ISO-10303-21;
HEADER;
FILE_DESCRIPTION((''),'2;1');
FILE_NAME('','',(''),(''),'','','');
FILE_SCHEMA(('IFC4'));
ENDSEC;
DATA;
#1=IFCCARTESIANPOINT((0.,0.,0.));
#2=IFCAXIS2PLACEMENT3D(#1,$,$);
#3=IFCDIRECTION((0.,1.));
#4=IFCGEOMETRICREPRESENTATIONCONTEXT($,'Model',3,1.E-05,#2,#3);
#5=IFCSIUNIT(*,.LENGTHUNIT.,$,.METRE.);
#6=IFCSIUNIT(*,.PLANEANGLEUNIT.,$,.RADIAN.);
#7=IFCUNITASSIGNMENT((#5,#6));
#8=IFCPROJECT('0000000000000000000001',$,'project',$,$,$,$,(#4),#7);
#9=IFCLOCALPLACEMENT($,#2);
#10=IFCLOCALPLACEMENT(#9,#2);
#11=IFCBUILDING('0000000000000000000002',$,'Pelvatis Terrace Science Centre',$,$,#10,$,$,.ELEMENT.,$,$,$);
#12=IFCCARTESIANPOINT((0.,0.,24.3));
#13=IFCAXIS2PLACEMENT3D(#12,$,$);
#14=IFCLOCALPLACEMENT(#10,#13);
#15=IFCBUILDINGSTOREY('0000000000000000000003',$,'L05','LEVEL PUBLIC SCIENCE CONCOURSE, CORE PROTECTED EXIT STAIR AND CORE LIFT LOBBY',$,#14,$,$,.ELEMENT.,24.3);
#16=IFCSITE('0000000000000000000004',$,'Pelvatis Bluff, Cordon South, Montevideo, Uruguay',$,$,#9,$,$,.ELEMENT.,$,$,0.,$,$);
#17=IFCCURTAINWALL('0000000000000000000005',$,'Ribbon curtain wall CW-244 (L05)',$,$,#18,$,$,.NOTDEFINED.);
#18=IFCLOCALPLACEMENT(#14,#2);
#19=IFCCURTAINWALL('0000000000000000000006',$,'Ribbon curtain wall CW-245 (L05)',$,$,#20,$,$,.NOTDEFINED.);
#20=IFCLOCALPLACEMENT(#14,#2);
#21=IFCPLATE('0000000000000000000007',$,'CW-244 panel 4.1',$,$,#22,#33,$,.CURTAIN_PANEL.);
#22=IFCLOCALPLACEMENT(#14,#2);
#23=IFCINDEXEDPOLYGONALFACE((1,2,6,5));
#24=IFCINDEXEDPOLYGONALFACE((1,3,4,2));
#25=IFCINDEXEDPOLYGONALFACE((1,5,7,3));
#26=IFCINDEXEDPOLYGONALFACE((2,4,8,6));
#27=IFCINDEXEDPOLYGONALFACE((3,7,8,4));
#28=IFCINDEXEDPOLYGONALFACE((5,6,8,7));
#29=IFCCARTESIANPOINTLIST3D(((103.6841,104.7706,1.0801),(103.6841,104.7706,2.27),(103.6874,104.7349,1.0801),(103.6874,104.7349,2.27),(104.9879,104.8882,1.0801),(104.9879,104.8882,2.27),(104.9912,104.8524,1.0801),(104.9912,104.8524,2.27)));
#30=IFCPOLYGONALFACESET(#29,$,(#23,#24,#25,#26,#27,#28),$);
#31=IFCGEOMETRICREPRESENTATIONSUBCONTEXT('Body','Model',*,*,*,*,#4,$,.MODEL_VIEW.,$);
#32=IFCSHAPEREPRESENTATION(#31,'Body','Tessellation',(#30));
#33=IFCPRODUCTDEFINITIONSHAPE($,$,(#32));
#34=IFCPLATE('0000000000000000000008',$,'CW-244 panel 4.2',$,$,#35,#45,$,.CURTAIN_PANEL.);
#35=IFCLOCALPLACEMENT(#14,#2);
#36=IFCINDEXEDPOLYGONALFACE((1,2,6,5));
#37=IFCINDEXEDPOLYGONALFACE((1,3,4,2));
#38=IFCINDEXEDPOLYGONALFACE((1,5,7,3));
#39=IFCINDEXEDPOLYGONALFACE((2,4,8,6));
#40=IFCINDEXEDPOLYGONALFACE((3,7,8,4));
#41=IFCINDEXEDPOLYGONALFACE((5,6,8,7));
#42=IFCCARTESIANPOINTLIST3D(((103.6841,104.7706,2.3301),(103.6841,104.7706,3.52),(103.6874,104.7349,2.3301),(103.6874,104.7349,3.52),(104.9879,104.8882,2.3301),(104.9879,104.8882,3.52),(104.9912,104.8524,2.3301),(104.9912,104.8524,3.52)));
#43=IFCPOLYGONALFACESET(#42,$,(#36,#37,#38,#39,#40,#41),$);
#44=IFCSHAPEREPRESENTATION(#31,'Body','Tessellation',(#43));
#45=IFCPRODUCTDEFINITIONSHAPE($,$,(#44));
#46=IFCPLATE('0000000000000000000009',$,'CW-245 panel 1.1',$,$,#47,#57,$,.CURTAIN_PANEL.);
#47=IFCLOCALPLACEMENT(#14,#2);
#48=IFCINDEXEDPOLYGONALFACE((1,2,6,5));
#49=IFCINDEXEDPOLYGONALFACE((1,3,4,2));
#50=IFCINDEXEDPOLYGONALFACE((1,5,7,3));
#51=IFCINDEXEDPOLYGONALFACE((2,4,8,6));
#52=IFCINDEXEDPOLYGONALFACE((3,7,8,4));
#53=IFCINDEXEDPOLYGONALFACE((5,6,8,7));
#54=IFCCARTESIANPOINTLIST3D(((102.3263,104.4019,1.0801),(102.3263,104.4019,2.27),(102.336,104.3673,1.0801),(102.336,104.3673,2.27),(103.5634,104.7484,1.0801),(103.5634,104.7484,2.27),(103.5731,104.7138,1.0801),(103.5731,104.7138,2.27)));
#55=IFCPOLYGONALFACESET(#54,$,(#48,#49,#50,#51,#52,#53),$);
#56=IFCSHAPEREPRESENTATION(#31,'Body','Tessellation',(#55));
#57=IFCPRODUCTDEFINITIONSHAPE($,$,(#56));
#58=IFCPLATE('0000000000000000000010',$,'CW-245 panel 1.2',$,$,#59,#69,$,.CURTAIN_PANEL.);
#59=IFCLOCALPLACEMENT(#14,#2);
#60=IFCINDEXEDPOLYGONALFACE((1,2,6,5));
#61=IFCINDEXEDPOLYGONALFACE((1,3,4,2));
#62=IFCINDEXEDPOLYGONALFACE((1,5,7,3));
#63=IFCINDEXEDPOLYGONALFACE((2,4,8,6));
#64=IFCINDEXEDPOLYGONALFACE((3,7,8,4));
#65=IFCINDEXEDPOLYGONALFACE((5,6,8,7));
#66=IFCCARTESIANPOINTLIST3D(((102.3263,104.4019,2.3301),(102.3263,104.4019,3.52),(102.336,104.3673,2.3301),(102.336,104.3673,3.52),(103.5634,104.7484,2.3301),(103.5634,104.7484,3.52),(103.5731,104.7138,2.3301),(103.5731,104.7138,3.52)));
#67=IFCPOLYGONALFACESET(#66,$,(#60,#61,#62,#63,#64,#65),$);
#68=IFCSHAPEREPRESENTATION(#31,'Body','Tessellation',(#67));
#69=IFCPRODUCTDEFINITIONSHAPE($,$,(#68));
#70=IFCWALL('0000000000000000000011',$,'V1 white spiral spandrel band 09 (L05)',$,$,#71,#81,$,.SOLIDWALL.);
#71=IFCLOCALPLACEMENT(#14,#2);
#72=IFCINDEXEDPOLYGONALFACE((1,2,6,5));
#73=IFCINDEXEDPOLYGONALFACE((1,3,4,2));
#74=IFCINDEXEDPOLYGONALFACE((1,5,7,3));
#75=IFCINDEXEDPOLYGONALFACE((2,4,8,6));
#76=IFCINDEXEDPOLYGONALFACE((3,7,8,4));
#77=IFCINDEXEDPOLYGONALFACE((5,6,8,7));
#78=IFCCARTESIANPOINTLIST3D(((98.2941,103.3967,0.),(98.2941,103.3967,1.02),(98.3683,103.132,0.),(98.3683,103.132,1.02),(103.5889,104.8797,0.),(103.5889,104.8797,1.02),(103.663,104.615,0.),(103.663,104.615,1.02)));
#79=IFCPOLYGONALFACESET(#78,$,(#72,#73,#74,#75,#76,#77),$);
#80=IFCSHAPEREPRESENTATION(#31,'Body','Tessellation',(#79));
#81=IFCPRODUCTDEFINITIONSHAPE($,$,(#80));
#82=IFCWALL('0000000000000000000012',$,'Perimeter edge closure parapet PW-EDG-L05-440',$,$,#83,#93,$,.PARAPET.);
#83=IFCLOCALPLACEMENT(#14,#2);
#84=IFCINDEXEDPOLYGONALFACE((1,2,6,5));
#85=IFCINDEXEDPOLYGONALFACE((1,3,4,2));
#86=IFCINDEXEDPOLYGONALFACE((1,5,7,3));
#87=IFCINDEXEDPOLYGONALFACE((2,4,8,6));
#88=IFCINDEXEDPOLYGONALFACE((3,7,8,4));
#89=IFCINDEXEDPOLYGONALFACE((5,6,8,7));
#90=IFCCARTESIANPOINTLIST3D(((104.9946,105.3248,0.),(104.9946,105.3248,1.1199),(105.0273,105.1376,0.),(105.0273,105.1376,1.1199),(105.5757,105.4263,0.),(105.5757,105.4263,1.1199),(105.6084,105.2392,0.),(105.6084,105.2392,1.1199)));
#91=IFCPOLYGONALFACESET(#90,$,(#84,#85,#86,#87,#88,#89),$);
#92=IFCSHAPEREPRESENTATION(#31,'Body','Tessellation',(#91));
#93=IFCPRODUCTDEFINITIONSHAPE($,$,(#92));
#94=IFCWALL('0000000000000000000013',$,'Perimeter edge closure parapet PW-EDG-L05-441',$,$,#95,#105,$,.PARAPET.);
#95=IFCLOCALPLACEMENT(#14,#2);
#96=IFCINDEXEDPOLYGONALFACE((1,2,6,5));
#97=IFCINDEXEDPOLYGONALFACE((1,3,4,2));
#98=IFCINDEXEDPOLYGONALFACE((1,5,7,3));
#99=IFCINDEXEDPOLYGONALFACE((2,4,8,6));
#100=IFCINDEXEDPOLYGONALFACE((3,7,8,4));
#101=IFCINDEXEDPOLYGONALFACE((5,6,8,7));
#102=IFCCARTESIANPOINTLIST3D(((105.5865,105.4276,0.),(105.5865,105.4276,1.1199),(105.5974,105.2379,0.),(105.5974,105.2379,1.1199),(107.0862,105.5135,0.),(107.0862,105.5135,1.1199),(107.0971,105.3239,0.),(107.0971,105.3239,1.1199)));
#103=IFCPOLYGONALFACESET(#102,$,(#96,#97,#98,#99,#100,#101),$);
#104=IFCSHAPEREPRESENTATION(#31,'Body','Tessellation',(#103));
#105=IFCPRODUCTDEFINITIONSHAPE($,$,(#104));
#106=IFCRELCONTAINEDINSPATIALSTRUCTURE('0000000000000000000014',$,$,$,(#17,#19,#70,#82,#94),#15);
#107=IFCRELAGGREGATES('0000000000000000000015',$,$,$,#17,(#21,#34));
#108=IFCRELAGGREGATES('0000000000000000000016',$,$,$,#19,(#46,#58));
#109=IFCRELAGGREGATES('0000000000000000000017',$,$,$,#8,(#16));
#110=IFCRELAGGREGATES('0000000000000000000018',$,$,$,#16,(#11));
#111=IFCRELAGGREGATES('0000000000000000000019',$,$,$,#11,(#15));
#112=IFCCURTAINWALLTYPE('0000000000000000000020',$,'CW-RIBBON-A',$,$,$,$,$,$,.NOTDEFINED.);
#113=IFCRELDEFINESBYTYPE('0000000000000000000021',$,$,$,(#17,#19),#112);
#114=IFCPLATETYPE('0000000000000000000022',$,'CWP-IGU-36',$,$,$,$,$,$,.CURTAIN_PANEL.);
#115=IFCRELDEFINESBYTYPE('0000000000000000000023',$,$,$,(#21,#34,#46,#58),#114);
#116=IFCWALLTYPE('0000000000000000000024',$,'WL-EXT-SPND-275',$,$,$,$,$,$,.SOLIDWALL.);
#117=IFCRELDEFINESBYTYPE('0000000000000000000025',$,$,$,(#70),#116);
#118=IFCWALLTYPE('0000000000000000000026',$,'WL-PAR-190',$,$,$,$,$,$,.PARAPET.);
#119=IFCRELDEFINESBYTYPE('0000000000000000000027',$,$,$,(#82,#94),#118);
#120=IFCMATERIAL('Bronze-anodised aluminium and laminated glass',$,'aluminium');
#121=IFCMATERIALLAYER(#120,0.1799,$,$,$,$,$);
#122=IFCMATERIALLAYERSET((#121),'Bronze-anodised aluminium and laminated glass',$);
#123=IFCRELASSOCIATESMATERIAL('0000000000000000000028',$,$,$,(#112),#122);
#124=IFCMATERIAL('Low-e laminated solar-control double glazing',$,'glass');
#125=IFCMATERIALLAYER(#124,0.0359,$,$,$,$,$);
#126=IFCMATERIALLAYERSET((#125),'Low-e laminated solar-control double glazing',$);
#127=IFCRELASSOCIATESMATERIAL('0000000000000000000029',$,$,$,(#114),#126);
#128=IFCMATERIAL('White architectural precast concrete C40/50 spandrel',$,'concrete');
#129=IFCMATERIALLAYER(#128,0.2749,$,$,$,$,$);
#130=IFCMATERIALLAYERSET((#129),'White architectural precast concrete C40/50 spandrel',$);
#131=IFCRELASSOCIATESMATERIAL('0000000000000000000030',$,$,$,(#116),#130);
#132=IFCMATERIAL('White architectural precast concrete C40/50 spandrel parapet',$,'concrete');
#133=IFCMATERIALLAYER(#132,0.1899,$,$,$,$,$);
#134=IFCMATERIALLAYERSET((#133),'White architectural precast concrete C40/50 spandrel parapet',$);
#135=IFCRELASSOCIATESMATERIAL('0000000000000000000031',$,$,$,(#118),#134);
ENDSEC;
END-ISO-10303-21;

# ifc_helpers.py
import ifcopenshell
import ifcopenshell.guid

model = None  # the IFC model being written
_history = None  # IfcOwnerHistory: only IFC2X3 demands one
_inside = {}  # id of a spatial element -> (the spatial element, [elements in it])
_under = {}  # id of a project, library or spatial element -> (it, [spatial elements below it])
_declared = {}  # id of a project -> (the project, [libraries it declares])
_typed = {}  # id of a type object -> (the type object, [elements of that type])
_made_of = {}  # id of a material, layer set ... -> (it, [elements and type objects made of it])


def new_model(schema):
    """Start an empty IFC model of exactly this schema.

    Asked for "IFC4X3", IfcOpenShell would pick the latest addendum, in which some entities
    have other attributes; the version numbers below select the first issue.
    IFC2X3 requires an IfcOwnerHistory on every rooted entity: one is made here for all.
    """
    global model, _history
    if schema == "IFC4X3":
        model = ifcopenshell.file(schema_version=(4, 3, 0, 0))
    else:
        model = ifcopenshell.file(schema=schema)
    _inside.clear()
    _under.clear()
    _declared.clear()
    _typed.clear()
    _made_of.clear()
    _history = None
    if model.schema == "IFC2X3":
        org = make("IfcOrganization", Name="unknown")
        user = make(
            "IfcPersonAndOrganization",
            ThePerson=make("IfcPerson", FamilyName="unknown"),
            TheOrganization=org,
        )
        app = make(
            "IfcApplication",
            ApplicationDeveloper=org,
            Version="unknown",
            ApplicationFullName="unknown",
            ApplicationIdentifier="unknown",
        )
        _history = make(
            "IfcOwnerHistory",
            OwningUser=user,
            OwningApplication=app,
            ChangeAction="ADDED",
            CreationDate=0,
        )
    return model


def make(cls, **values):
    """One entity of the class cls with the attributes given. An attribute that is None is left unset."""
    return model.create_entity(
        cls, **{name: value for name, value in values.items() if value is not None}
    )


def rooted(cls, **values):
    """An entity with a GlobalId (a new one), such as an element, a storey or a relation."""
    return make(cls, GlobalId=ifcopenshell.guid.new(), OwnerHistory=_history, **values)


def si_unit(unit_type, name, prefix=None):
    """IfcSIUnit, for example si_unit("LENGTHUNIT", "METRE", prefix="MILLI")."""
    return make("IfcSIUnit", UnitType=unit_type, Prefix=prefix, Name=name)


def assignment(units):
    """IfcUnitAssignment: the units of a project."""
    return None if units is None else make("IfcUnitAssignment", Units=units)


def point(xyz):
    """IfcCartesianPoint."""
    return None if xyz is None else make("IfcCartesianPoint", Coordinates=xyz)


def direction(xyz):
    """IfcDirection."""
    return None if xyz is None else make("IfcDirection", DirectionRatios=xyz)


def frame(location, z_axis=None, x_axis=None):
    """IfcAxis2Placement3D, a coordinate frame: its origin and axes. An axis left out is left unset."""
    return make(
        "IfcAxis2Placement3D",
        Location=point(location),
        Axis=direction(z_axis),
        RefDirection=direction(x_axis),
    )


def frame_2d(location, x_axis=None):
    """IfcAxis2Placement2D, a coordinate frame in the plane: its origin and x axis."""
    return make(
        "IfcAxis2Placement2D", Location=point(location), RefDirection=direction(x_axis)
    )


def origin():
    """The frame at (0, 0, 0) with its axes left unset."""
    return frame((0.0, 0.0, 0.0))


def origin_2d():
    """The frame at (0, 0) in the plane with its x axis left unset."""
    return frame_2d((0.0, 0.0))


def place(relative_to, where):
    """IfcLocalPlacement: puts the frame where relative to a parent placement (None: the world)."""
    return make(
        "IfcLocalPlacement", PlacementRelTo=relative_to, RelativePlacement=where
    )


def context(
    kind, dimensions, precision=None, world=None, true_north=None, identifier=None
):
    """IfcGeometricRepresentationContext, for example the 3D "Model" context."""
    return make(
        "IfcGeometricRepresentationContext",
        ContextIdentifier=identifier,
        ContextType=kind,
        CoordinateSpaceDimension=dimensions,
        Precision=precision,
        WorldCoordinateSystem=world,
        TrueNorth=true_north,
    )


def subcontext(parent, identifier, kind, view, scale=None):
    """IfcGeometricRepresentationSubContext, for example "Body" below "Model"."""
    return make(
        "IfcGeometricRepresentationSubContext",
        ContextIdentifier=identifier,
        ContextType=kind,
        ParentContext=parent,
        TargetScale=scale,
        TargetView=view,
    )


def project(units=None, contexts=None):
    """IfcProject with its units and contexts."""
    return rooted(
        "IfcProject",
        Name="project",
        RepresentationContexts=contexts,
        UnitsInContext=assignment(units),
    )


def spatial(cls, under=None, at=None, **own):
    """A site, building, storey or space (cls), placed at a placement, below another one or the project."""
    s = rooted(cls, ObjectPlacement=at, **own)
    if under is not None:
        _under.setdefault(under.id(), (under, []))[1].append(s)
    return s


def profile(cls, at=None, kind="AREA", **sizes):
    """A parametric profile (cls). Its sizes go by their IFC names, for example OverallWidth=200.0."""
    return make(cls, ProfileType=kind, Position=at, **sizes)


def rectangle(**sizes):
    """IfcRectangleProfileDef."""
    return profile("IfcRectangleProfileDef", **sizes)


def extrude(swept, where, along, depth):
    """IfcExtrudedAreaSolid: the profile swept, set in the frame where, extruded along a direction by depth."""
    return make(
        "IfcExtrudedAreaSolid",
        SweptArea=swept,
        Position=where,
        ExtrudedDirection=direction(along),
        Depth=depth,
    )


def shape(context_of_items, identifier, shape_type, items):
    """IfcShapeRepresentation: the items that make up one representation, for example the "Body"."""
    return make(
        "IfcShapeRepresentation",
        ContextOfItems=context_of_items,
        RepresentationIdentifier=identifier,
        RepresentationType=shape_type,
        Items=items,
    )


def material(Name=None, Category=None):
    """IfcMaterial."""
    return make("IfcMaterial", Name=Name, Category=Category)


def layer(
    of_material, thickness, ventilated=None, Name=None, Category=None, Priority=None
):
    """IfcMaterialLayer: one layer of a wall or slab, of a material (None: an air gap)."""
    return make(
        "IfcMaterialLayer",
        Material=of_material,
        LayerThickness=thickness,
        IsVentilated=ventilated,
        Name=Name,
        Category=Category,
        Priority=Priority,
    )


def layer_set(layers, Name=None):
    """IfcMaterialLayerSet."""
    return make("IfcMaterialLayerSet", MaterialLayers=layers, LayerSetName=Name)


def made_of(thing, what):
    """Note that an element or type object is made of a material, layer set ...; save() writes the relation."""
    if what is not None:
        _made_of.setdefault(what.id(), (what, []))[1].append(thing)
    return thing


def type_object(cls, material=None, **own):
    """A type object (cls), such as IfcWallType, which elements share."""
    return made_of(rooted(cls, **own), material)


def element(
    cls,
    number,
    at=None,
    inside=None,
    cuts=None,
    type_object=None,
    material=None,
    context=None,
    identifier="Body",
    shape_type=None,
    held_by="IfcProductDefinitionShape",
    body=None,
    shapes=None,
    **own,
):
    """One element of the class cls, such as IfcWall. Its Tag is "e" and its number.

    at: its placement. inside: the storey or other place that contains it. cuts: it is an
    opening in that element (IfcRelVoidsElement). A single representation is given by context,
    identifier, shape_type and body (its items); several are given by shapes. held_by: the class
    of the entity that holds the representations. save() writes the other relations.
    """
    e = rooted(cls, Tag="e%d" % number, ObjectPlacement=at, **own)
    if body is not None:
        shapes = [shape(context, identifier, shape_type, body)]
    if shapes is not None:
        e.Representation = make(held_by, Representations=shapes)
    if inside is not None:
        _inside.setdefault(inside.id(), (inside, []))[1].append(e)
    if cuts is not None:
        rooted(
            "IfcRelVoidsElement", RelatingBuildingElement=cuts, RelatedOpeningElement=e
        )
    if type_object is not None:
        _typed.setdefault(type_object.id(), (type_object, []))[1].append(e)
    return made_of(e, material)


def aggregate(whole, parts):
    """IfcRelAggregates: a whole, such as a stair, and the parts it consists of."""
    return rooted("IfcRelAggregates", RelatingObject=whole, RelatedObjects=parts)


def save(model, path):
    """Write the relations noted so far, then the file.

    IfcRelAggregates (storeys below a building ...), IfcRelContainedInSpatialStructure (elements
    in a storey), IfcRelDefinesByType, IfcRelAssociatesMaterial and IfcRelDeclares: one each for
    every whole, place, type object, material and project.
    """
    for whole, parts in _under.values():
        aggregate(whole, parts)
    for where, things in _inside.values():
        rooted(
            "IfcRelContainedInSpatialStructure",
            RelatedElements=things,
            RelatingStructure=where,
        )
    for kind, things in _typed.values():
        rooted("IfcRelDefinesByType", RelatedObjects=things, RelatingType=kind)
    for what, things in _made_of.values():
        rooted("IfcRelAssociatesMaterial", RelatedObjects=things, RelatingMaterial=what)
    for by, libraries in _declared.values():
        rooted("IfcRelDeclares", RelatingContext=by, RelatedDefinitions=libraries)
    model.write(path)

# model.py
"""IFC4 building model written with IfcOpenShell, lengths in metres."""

from ifc_helpers import new_model, si_unit, direction, frame, frame_2d, origin, origin_2d, place, context, subcontext, project, spatial, rectangle, extrude, material, layer, layer_set, type_object, element, aggregate, save


model = new_model("IFC4")

# Units and contexts
model_context = context("Model", 3, precision=1e-05, world=origin(), true_north=direction((0.0, 1.0)))
body_context = subcontext(model_context, "Body", "Model", "MODEL_VIEW")
ifc_project = project(units=[si_unit("LENGTHUNIT", "METRE"), si_unit("PLANEANGLEUNIT", "RADIAN")], contexts=[model_context])

# Site, building, storey
site_placement = place(None, origin())
site = spatial("IfcSite", under=ifc_project, at=site_placement, Name="Pelvatis Bluff, Cordon South, Montevideo, Uruguay", CompositionType="ELEMENT", RefElevation=0.0)
building_placement = place(site_placement, origin())
building = spatial("IfcBuilding", under=site, at=building_placement, Name="Pelvatis Terrace Science Centre", CompositionType="ELEMENT")
storey_placement = place(building_placement, frame((0.0, 0.0, 24.3)))
storey = spatial("IfcBuildingStorey", under=building, at=storey_placement, Name="L05", Description="LEVEL PUBLIC SCIENCE CONCOURSE, CORE PROTECTED EXIT STAIR AND CORE LIFT LOBBY", CompositionType="ELEMENT", Elevation=24.3)

# Curtain walls
ifc_material_1 = material(Name="Bronze-anodised aluminium and laminated glass", Category="aluminium")
ifc_layer_1 = layer(ifc_material_1, 0.1799)
ifc_layer_set_1 = layer_set([ifc_layer_1], Name="Bronze-anodised aluminium and laminated glass")
curtain_wall_type = type_object("IfcCurtainWallType", Name="CW-RIBBON-A", PredefinedType="NOTDEFINED", material=ifc_layer_set_1)
curtain_wall_1_placement = place(storey_placement, origin())
curtain_wall_1 = element("IfcCurtainWall", 1, at=curtain_wall_1_placement, inside=storey, type_object=curtain_wall_type, Name="Ribbon curtain wall CW-244 (L05)", PredefinedType="NOTDEFINED")
curtain_wall_2_placement = place(storey_placement, origin())
curtain_wall_2 = element("IfcCurtainWall", 2, at=curtain_wall_2_placement, inside=storey, type_object=curtain_wall_type, Name="Ribbon curtain wall CW-245 (L05)", PredefinedType="NOTDEFINED")

# Plates
ifc_material_2 = material(Name="Low-e laminated solar-control double glazing", Category="glass")
ifc_layer_2 = layer(ifc_material_2, 0.0359)
ifc_layer_set_2 = layer_set([ifc_layer_2], Name="Low-e laminated solar-control double glazing")
plate_type = type_object("IfcPlateType", Name="CWP-IGU-36", PredefinedType="CURTAIN_PANEL", material=ifc_layer_set_2)
plate_1_placement = place(storey_placement, frame((104.3376, 104.8115, 1.0801), z_axis=(0.0, 0.0, 1.0), x_axis=(-0.995958, -0.08982, 0.0)))
plate_1 = element("IfcPlate", 3, at=plate_1_placement, type_object=plate_type, Name="CW-244 panel 4.1", PredefinedType="CURTAIN_PANEL", context=body_context, shape_type="SweptSolid", body=[
    extrude(rectangle(XDim=1.3091, YDim=0.0359, at=origin_2d()), origin(), (0.0, 0.0, 1.0), 1.1899),
])
plate_2_placement = place(storey_placement, frame((104.3376, 104.8115, 2.3301), z_axis=(0.0, 0.0, 1.0), x_axis=(-0.995958, -0.08982, 0.0)))
plate_2 = element("IfcPlate", 4, at=plate_2_placement, type_object=plate_type, Name="CW-244 panel 4.2", PredefinedType="CURTAIN_PANEL", context=body_context, shape_type="SweptSolid", body=[
    extrude(rectangle(XDim=1.3091, YDim=0.0359, at=origin_2d()), origin(), (0.0, 0.0, 1.0), 1.1899),
])
aggregate(curtain_wall_1, [plate_1, plate_2])
plate_3_placement = place(storey_placement, frame((102.9497, 104.5579, 1.0801), z_axis=(0.0, 0.0, 1.0), x_axis=(-0.962946, -0.269695, 0.0)))
plate_3 = element("IfcPlate", 5, at=plate_3_placement, type_object=plate_type, Name="CW-245 panel 1.1", PredefinedType="CURTAIN_PANEL", context=body_context, shape_type="SweptSolid", body=[
    extrude(rectangle(XDim=1.2847, YDim=0.0359, at=origin_2d()), origin(), (0.0, 0.0, 1.0), 1.1899),
])
plate_4_placement = place(storey_placement, frame((102.9497, 104.5579, 2.3301), z_axis=(0.0, 0.0, 1.0), x_axis=(-0.962946, -0.269695, 0.0)))
plate_4 = element("IfcPlate", 6, at=plate_4_placement, type_object=plate_type, Name="CW-245 panel 1.2", PredefinedType="CURTAIN_PANEL", context=body_context, shape_type="SweptSolid", body=[
    extrude(rectangle(XDim=1.2847, YDim=0.0359, at=origin_2d()), origin(), (0.0, 0.0, 1.0), 1.1899),
])
aggregate(curtain_wall_2, [plate_3, plate_4])

# Walls
ifc_material_3 = material(Name="White architectural precast concrete C40/50 spandrel", Category="concrete")
ifc_layer_3 = layer(ifc_material_3, 0.2749)
ifc_layer_set_3 = layer_set([ifc_layer_3], Name="White architectural precast concrete C40/50 spandrel")
wall_type_1 = type_object("IfcWallType", Name="WL-EXT-SPND-275", PredefinedType="SOLIDWALL", material=ifc_layer_set_3)
wall_1_placement = place(storey_placement, frame((103.626, 104.7473, 0.0), z_axis=(0.0, 0.0, 1.0), x_axis=(-0.962945, -0.269697, 0.0)))
element("IfcWall", 7, at=wall_1_placement, inside=storey, type_object=wall_type_1, Name="V1 white spiral spandrel band 09 (L05)", PredefinedType="SOLIDWALL", context=body_context, shape_type="SweptSolid", body=[
    extrude(rectangle(XDim=5.4985, YDim=0.2749, at=frame_2d((2.7493, 0.0))), origin(), (0.0, 0.0, 1.0), 1.02),
])
ifc_material_4 = material(Name="White architectural precast concrete C40/50 spandrel parapet", Category="concrete")
ifc_layer_4 = layer(ifc_material_4, 0.1899)
ifc_layer_set_4 = layer_set([ifc_layer_4], Name="White architectural precast concrete C40/50 spandrel parapet")
wall_type_2 = type_object("IfcWallType", Name="WL-PAR-190", PredefinedType="PARAPET", material=ifc_layer_set_4)
wall_2_placement = place(storey_placement, frame((105.011, 105.2312, 0.0), z_axis=(0.0, 0.0, 1.0), x_axis=(0.985066, 0.17218, 0.0)))
element("IfcWall", 8, at=wall_2_placement, inside=storey, type_object=wall_type_2, Name="Perimeter edge closure parapet PW-EDG-L05-440", PredefinedType="PARAPET", context=body_context, shape_type="SweptSolid", body=[
    extrude(rectangle(XDim=0.5898, YDim=0.1899, at=frame_2d((0.2949, 0.0))), origin(), (0.0, 0.0, 1.0), 1.1199),
])
wall_3_placement = place(storey_placement, frame((105.592, 105.3328, 0.0), z_axis=(0.0, 0.0, 1.0), x_axis=(0.998362, 0.057207, 0.0)))
element("IfcWall", 9, at=wall_3_placement, inside=storey, type_object=wall_type_2, Name="Perimeter edge closure parapet PW-EDG-L05-441", PredefinedType="PARAPET", context=body_context, shape_type="SweptSolid", body=[
    extrude(rectangle(XDim=1.5022, YDim=0.1899, at=frame_2d((0.751, 0.0))), origin(), (0.0, 0.0, 1.0), 1.1199),
])

save(model, "model.ifc")
